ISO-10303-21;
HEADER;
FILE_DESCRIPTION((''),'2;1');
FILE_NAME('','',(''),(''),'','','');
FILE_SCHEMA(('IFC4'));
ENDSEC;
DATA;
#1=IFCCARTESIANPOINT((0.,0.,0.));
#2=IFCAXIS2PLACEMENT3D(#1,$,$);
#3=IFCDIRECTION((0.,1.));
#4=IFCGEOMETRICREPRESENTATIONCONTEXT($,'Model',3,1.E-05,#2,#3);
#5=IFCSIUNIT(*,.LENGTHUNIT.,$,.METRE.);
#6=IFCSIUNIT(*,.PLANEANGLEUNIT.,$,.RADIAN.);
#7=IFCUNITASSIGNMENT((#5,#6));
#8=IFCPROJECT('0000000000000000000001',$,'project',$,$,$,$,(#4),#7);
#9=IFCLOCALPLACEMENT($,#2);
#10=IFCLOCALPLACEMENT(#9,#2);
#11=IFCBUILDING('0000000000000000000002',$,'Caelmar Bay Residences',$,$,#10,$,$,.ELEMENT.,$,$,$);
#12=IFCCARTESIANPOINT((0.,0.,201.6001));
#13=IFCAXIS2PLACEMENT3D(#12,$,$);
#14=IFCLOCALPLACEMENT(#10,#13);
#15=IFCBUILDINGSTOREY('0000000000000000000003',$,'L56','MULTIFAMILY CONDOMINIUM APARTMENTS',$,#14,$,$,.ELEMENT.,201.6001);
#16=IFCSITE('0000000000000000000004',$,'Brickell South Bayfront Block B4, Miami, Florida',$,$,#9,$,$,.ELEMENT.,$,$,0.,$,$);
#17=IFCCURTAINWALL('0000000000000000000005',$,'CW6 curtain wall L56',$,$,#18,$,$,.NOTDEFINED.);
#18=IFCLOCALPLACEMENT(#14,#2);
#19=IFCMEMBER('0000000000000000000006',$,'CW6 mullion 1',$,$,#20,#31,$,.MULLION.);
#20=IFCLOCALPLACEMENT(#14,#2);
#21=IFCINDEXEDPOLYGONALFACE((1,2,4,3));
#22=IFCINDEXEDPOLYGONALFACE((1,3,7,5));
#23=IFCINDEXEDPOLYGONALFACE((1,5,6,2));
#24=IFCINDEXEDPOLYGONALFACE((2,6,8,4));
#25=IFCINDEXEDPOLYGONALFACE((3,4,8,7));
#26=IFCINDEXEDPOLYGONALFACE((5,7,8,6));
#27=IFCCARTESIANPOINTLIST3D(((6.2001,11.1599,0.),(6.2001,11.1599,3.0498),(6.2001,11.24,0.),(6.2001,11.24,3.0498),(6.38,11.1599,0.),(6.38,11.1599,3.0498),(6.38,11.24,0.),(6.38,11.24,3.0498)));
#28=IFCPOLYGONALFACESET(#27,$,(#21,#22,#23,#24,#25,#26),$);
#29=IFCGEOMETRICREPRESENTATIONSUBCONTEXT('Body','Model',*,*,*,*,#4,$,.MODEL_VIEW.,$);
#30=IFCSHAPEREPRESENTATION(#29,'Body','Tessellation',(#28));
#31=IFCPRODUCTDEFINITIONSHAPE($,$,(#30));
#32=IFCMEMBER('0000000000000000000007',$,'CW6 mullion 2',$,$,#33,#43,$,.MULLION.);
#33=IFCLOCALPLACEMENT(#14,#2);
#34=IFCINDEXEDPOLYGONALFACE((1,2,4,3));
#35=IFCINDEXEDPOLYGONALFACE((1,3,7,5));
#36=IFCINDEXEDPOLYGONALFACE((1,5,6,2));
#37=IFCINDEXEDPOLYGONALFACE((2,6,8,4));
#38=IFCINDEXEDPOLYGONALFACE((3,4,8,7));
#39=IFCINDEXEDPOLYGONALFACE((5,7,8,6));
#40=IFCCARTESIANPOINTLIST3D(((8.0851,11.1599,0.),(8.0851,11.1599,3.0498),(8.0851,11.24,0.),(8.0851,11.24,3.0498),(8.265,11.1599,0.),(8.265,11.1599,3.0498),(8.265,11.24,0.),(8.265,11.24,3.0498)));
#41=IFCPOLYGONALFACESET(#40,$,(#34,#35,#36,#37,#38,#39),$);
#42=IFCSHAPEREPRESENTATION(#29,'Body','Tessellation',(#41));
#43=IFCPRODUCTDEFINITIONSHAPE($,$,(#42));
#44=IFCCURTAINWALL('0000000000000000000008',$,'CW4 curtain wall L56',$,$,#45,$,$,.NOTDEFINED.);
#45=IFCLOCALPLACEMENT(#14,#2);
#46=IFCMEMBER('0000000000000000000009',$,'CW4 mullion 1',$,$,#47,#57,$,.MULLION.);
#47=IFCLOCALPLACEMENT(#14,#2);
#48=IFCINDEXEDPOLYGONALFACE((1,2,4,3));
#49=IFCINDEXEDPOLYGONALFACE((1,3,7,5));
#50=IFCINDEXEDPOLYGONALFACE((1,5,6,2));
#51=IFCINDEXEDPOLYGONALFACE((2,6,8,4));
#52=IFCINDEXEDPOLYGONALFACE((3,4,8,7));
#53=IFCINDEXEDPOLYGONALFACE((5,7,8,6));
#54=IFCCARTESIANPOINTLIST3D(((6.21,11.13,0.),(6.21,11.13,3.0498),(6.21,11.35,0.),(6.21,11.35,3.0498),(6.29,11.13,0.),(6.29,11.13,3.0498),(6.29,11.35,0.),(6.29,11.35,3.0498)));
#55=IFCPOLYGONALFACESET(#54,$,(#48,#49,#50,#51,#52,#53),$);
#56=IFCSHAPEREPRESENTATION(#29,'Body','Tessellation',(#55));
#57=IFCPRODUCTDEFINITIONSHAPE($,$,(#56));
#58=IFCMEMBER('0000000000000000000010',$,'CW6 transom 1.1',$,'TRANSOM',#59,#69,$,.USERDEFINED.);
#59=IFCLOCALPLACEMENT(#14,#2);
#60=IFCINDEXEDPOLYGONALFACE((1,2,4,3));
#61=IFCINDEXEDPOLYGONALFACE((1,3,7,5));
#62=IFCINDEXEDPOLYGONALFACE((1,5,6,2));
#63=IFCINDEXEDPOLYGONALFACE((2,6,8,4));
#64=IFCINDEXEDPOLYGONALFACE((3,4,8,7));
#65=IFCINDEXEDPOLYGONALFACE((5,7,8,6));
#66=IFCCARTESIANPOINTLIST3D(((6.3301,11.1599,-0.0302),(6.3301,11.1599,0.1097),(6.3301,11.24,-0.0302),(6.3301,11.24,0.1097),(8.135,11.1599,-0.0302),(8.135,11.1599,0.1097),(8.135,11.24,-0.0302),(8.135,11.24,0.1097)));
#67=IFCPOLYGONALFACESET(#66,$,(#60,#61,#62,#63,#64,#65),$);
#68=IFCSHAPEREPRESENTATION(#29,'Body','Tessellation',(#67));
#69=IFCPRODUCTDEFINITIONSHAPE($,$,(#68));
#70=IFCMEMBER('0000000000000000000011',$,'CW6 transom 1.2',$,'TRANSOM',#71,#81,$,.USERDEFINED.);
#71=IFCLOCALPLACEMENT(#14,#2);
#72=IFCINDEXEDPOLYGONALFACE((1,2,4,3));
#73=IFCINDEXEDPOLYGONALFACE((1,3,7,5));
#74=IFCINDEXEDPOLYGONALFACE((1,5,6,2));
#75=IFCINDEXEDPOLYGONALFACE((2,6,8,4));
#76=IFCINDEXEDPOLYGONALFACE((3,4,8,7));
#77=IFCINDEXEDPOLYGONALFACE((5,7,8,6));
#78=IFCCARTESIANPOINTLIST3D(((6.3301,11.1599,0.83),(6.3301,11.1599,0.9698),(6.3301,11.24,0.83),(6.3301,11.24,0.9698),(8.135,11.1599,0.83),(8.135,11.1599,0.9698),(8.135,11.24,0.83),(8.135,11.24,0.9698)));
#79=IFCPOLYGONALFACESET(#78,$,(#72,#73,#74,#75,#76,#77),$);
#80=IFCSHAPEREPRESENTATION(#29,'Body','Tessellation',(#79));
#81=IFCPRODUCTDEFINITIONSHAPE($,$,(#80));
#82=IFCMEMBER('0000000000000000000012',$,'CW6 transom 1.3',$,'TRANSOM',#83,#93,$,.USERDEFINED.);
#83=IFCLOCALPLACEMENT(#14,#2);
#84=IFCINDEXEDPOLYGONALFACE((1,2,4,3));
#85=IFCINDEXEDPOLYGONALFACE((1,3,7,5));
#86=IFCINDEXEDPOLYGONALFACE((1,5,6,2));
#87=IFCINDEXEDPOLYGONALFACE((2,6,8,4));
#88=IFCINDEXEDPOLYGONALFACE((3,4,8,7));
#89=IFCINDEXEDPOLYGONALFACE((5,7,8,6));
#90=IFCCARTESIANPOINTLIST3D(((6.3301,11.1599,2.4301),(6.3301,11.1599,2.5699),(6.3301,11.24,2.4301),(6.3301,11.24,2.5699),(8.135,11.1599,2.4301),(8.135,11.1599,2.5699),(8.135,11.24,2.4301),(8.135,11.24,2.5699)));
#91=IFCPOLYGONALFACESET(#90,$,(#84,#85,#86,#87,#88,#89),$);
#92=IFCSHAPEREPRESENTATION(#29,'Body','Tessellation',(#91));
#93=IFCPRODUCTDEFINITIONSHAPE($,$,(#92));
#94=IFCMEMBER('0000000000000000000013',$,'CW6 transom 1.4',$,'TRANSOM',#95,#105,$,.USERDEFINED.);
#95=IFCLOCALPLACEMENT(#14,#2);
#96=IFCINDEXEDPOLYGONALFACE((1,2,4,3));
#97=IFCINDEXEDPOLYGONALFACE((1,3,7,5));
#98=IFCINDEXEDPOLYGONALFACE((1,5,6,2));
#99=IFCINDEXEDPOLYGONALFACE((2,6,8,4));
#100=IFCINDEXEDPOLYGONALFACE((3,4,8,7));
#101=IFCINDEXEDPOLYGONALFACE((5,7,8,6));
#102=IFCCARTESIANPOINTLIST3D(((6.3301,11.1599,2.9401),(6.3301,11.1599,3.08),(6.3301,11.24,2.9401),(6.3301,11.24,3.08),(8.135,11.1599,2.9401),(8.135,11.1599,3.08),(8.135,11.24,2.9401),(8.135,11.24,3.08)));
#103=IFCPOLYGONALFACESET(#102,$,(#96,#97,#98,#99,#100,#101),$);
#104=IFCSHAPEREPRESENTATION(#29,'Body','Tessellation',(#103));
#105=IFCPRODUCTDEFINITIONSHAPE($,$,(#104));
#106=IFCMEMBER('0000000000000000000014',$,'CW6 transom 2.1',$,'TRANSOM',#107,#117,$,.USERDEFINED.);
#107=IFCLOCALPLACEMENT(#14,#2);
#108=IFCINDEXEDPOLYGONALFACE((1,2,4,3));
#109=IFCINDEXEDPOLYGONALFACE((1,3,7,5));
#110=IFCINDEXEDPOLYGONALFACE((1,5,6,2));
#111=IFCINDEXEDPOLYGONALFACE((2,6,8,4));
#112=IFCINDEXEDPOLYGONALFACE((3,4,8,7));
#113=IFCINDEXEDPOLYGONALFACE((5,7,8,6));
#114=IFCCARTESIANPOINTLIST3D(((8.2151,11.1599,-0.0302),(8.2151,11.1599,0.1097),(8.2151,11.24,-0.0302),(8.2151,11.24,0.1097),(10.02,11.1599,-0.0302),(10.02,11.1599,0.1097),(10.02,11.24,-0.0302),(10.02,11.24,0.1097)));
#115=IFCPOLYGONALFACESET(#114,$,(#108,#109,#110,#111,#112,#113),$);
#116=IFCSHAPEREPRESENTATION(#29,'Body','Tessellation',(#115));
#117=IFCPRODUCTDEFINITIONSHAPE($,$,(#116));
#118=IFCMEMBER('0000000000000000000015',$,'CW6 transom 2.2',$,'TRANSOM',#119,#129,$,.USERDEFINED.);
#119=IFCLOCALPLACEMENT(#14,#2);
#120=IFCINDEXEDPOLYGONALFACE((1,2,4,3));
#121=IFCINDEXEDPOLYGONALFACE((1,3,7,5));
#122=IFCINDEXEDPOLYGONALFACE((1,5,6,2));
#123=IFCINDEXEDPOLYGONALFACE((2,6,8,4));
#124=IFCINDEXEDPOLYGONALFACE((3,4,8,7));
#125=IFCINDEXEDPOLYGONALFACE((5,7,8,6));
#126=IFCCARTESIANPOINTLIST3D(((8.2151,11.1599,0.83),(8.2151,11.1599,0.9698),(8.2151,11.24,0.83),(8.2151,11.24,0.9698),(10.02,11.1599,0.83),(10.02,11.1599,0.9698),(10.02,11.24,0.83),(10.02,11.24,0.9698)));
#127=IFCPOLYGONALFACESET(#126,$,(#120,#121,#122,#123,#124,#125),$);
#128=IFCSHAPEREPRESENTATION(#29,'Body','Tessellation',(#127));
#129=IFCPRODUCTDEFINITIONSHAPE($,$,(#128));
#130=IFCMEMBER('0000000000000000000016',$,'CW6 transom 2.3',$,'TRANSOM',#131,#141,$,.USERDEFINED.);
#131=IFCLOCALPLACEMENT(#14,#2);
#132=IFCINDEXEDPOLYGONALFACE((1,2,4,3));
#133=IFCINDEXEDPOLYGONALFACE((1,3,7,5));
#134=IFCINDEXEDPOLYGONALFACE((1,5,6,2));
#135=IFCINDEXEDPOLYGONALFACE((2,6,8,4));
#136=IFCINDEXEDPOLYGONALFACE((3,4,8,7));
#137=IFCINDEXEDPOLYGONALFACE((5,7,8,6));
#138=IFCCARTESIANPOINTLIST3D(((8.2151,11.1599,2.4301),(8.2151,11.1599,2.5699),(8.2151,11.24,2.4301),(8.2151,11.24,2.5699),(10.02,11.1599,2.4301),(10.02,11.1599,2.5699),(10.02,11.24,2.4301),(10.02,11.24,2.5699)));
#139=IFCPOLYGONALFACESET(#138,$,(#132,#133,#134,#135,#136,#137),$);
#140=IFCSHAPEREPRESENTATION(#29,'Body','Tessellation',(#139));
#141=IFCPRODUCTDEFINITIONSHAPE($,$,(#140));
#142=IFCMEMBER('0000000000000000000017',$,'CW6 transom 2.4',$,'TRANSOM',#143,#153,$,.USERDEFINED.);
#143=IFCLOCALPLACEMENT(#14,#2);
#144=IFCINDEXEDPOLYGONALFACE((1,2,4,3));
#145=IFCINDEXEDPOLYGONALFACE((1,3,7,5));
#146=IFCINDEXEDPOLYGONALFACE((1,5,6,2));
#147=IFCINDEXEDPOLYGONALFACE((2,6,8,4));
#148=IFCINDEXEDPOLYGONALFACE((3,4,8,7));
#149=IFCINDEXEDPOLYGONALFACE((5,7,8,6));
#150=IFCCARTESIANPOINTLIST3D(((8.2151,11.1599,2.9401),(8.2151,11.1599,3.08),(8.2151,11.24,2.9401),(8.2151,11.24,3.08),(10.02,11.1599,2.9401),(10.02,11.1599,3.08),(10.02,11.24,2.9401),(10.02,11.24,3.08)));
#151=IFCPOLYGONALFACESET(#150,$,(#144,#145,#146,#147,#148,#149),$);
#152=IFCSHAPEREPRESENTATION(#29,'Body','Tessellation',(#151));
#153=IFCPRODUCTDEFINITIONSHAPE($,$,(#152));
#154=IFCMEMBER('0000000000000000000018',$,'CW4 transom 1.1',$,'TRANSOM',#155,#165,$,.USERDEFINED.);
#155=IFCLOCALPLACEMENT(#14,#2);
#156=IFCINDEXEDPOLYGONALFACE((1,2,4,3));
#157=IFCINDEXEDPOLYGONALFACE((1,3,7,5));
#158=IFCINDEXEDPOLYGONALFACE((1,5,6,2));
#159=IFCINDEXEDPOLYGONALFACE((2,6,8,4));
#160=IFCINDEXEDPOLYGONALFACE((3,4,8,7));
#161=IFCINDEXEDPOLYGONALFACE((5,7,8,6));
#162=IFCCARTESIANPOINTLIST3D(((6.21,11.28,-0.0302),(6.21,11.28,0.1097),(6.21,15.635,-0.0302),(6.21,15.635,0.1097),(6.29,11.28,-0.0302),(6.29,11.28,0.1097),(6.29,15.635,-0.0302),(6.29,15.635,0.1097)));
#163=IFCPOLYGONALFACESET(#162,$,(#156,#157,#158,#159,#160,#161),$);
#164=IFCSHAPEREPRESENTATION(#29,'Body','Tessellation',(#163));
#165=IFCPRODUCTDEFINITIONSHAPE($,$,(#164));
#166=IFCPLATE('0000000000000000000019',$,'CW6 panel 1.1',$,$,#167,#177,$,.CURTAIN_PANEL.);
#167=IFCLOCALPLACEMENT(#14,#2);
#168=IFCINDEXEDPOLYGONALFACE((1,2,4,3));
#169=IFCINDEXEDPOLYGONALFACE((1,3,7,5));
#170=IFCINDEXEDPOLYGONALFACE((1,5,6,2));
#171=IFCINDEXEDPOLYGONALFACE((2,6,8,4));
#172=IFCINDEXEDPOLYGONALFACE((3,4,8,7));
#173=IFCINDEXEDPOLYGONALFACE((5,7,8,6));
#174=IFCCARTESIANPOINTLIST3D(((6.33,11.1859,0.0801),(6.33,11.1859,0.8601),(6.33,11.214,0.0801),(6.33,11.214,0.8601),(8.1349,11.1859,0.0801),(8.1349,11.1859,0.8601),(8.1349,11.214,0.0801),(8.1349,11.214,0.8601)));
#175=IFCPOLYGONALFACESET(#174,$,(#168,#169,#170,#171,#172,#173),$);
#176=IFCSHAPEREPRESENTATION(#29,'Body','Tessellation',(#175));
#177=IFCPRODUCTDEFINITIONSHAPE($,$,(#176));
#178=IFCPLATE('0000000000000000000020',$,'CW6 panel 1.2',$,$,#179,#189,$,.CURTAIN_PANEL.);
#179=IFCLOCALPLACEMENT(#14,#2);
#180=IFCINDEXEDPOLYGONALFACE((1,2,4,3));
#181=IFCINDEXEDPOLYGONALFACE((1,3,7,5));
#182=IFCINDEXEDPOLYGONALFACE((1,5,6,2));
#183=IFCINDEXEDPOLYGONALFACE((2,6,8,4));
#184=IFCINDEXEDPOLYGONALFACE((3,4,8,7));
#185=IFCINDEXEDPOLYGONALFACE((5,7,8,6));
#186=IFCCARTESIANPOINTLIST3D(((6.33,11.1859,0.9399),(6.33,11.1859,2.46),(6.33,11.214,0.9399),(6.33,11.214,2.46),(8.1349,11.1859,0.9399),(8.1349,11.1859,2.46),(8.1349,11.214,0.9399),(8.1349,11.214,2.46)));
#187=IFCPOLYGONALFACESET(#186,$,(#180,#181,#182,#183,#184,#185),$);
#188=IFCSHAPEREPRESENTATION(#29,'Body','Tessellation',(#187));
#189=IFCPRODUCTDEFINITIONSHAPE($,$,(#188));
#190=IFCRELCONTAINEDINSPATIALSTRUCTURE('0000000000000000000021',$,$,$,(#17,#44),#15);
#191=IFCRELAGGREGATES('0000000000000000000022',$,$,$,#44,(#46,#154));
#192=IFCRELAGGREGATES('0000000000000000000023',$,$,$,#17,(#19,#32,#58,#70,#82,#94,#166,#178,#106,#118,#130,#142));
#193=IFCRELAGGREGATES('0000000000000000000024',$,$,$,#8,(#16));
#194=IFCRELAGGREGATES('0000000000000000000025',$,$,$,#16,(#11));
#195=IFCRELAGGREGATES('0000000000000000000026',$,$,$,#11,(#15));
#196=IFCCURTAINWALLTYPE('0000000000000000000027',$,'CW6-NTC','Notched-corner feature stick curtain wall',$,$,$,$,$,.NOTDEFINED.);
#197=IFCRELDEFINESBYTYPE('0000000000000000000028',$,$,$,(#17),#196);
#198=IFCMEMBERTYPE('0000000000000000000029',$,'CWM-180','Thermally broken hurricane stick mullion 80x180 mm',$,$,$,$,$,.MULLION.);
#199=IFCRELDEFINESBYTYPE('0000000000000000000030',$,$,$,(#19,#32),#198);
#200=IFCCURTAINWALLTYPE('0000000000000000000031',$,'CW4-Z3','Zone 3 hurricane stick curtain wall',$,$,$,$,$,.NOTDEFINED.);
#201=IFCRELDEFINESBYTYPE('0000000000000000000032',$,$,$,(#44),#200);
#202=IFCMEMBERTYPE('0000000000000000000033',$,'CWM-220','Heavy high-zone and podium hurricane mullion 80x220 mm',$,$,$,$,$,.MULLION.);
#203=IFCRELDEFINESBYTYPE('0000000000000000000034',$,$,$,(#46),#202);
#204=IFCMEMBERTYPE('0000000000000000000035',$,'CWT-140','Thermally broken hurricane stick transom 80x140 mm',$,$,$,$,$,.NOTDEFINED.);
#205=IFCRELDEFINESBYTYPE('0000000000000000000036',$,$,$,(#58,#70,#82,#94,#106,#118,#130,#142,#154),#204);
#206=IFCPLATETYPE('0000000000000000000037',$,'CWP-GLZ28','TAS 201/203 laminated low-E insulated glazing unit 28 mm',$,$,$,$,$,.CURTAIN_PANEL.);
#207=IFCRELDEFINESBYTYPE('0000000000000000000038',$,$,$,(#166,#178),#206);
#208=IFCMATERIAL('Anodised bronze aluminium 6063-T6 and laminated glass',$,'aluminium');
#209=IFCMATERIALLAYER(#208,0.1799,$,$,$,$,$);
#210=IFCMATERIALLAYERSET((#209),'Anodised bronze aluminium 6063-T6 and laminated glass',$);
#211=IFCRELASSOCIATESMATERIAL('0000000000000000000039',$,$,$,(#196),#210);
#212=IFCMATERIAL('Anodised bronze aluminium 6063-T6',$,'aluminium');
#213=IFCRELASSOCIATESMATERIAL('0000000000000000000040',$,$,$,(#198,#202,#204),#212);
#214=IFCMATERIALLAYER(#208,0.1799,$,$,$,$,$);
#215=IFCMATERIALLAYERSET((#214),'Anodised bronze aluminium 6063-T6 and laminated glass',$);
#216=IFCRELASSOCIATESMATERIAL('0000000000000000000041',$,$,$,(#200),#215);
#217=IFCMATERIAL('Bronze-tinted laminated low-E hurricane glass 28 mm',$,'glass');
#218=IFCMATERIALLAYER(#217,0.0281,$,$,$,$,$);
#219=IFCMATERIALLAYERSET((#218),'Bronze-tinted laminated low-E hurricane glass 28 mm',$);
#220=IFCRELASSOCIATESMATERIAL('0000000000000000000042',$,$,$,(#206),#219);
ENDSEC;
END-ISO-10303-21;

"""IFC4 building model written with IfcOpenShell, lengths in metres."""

from ifc_helpers import new_model, si_unit, direction, frame, origin, origin_2d, place, context, subcontext, project, spatial, rectangle, extrude, material, layer, layer_set, material_profile, profile_set, type_object, element, aggregate, save


model = new_model("IFC4")

# Units and contexts
model_context = context("Model", 3, precision=1e-05, world=origin(), true_north=direction((0.0, 1.0)))
body_context = subcontext(model_context, "Body", "Model", "MODEL_VIEW")
ifc_project = project(units=[si_unit("LENGTHUNIT", "METRE"), si_unit("PLANEANGLEUNIT", "RADIAN")], contexts=[model_context])

# Site, building, storey
site_placement = place(None, origin())
site = spatial("IfcSite", under=ifc_project, at=site_placement, Name="Brickell South Bayfront Block B4, Miami, Florida", CompositionType="ELEMENT", RefElevation=0.0)
building_placement = place(site_placement, origin())
building = spatial("IfcBuilding", under=site, at=building_placement, Name="Caelmar Bay Residences", CompositionType="ELEMENT")
storey_placement = place(building_placement, frame((0.0, 0.0, 201.6001)))
storey = spatial("IfcBuildingStorey", under=building, at=storey_placement, Name="L56", Description="MULTIFAMILY CONDOMINIUM APARTMENTS", CompositionType="ELEMENT", Elevation=201.6001)

# Curtain wall, members
ifc_material_1 = material(Name="Anodised bronze aluminium 6063-T6 and laminated glass", Category="aluminium")
ifc_layer_1 = layer(ifc_material_1, 0.1799)
ifc_layer_set_1 = layer_set([ifc_layer_1], Name="Anodised bronze aluminium 6063-T6 and laminated glass")
curtain_wall_type_1 = type_object("IfcCurtainWallType", Name="CW6-NTC", Description="Notched-corner feature stick curtain wall", PredefinedType="NOTDEFINED", material=ifc_layer_set_1)
curtain_wall_1_placement = place(storey_placement, origin())
curtain_wall_1 = element("IfcCurtainWall", 1, at=curtain_wall_1_placement, inside=storey, type_object=curtain_wall_type_1, Name="CW6 curtain wall L56", PredefinedType="NOTDEFINED")
ifc_material_2 = material(Name="Anodised bronze aluminium 6063-T6", Category="aluminium")
ifc_material_profile_1 = material_profile(ifc_material_2, rectangle(XDim=0.0801, YDim=0.1799, at=origin_2d()), Name="CWM-80X180")
ifc_profile_set_1 = profile_set([ifc_material_profile_1], Name="Anodised bronze aluminium 6063-T6")
member_type_1 = type_object("IfcMemberType", Name="CWM-180", Description="Thermally broken hurricane stick mullion 80x180 mm", PredefinedType="MULLION", material=ifc_profile_set_1)
member_1_placement = place(storey_placement, frame((6.29, 11.2, 0.0), z_axis=(0.0, 0.0, 1.0), x_axis=(0.0, 1.0, 0.0)))
member_1 = element("IfcMember", 2, at=member_1_placement, type_object=member_type_1, Name="CW6 mullion 1", PredefinedType="MULLION", context=body_context, shape_type="SweptSolid", body=[
    extrude(rectangle(XDim=0.0801, YDim=0.1799, at=origin_2d()), origin(), (0.0, 0.0, 1.0), 3.0498),
])
member_2_placement = place(storey_placement, frame((8.175, 11.2, 0.0), z_axis=(0.0, 0.0, 1.0), x_axis=(0.0, 1.0, 0.0)))
member_2 = element("IfcMember", 3, at=member_2_placement, type_object=member_type_1, Name="CW6 mullion 2", PredefinedType="MULLION", context=body_context, shape_type="SweptSolid", body=[
    extrude(rectangle(XDim=0.0801, YDim=0.1799, at=origin_2d()), origin(), (0.0, 0.0, 1.0), 3.0498),
])

# Curtain wall, member
ifc_layer_2 = layer(ifc_material_1, 0.1799)
ifc_layer_set_2 = layer_set([ifc_layer_2], Name="Anodised bronze aluminium 6063-T6 and laminated glass")
curtain_wall_type_2 = type_object("IfcCurtainWallType", Name="CW4-Z3", Description="Zone 3 hurricane stick curtain wall", PredefinedType="NOTDEFINED", material=ifc_layer_set_2)
curtain_wall_2_placement = place(storey_placement, origin())
curtain_wall_2 = element("IfcCurtainWall", 4, at=curtain_wall_2_placement, inside=storey, type_object=curtain_wall_type_2, Name="CW4 curtain wall L56", PredefinedType="NOTDEFINED")
ifc_material_profile_2 = material_profile(ifc_material_2, rectangle(XDim=0.0801, YDim=0.22, at=origin_2d()), Name="CWM-80X220")
ifc_profile_set_2 = profile_set([ifc_material_profile_2], Name="Anodised bronze aluminium 6063-T6")
member_type_2 = type_object("IfcMemberType", Name="CWM-220", Description="Heavy high-zone and podium hurricane mullion 80x220 mm", PredefinedType="MULLION", material=ifc_profile_set_2)
member_3_placement = place(storey_placement, frame((6.25, 11.24, 0.0), z_axis=(0.0, 0.0, 1.0), x_axis=(-1.0, 0.0, 0.0)))
member_3 = element("IfcMember", 5, at=member_3_placement, type_object=member_type_2, Name="CW4 mullion 1", PredefinedType="MULLION", context=body_context, shape_type="SweptSolid", body=[
    extrude(rectangle(XDim=0.0801, YDim=0.22, at=origin_2d()), origin(), (0.0, 0.0, 1.0), 3.0498),
])

# Members
ifc_material_profile_3 = material_profile(ifc_material_2, rectangle(XDim=0.0801, YDim=0.1399, at=origin_2d()), Name="CWT-80X140")
ifc_profile_set_3 = profile_set([ifc_material_profile_3], Name="Anodised bronze aluminium 6063-T6")
member_type_3 = type_object("IfcMemberType", Name="CWT-140", Description="Thermally broken hurricane stick transom 80x140 mm", PredefinedType="NOTDEFINED", material=ifc_profile_set_3)
member_4_placement = place(storey_placement, frame((6.3301, 11.2, 0.0398), z_axis=(1.0, 0.0, 0.0), x_axis=(0.0, 1.0, 0.0)))
member_4 = element("IfcMember", 6, at=member_4_placement, type_object=member_type_3, Name="CW6 transom 1.1", ObjectType="TRANSOM", PredefinedType="USERDEFINED", context=body_context, shape_type="SweptSolid", body=[
    extrude(rectangle(XDim=0.0801, YDim=0.1399, at=origin_2d()), origin(), (0.0, 0.0, 1.0), 1.8049),
])
member_5_placement = place(storey_placement, frame((6.3301, 11.2, 0.8999), z_axis=(1.0, 0.0, 0.0), x_axis=(0.0, 1.0, 0.0)))
member_5 = element("IfcMember", 7, at=member_5_placement, type_object=member_type_3, Name="CW6 transom 1.2", ObjectType="TRANSOM", PredefinedType="USERDEFINED", context=body_context, shape_type="SweptSolid", body=[
    extrude(rectangle(XDim=0.0801, YDim=0.1399, at=origin_2d()), origin(), (0.0, 0.0, 1.0), 1.8049),
])
member_6_placement = place(storey_placement, frame((6.3301, 11.2, 2.5), z_axis=(1.0, 0.0, 0.0), x_axis=(0.0, 1.0, 0.0)))
member_6 = element("IfcMember", 8, at=member_6_placement, type_object=member_type_3, Name="CW6 transom 1.3", ObjectType="TRANSOM", PredefinedType="USERDEFINED", context=body_context, shape_type="SweptSolid", body=[
    extrude(rectangle(XDim=0.0801, YDim=0.1399, at=origin_2d()), origin(), (0.0, 0.0, 1.0), 1.8049),
])
member_7_placement = place(storey_placement, frame((6.3301, 11.2, 3.01), z_axis=(1.0, 0.0, 0.0), x_axis=(0.0, 1.0, 0.0)))
member_7 = element("IfcMember", 9, at=member_7_placement, type_object=member_type_3, Name="CW6 transom 1.4", ObjectType="TRANSOM", PredefinedType="USERDEFINED", context=body_context, shape_type="SweptSolid", body=[
    extrude(rectangle(XDim=0.0801, YDim=0.1399, at=origin_2d()), origin(), (0.0, 0.0, 1.0), 1.8049),
])
member_8_placement = place(storey_placement, frame((8.2151, 11.2, 0.0398), z_axis=(1.0, 0.0, 0.0), x_axis=(0.0, 1.0, 0.0)))
member_8 = element("IfcMember", 10, at=member_8_placement, type_object=member_type_3, Name="CW6 transom 2.1", ObjectType="TRANSOM", PredefinedType="USERDEFINED", context=body_context, shape_type="SweptSolid", body=[
    extrude(rectangle(XDim=0.0801, YDim=0.1399, at=origin_2d()), origin(), (0.0, 0.0, 1.0), 1.8049),
])
member_9_placement = place(storey_placement, frame((8.2151, 11.2, 0.8999), z_axis=(1.0, 0.0, 0.0), x_axis=(0.0, 1.0, 0.0)))
member_9 = element("IfcMember", 11, at=member_9_placement, type_object=member_type_3, Name="CW6 transom 2.2", ObjectType="TRANSOM", PredefinedType="USERDEFINED", context=body_context, shape_type="SweptSolid", body=[
    extrude(rectangle(XDim=0.0801, YDim=0.1399, at=origin_2d()), origin(), (0.0, 0.0, 1.0), 1.8049),
])
member_10_placement = place(storey_placement, frame((8.2151, 11.2, 2.5), z_axis=(1.0, 0.0, 0.0), x_axis=(0.0, 1.0, 0.0)))
member_10 = element("IfcMember", 12, at=member_10_placement, type_object=member_type_3, Name="CW6 transom 2.3", ObjectType="TRANSOM", PredefinedType="USERDEFINED", context=body_context, shape_type="SweptSolid", body=[
    extrude(rectangle(XDim=0.0801, YDim=0.1399, at=origin_2d()), origin(), (0.0, 0.0, 1.0), 1.8049),
])
member_11_placement = place(storey_placement, frame((8.2151, 11.2, 3.01), z_axis=(1.0, 0.0, 0.0), x_axis=(0.0, 1.0, 0.0)))
member_11 = element("IfcMember", 13, at=member_11_placement, type_object=member_type_3, Name="CW6 transom 2.4", ObjectType="TRANSOM", PredefinedType="USERDEFINED", context=body_context, shape_type="SweptSolid", body=[
    extrude(rectangle(XDim=0.0801, YDim=0.1399, at=origin_2d()), origin(), (0.0, 0.0, 1.0), 1.8049),
])
member_12_placement = place(storey_placement, frame((6.25, 11.28, 0.0398), z_axis=(0.0, 1.0, 0.0), x_axis=(-1.0, 0.0, 0.0)))
member_12 = element("IfcMember", 14, at=member_12_placement, type_object=member_type_3, Name="CW4 transom 1.1", ObjectType="TRANSOM", PredefinedType="USERDEFINED", context=body_context, shape_type="SweptSolid", body=[
    extrude(rectangle(XDim=0.0801, YDim=0.1399, at=origin_2d()), origin(), (0.0, 0.0, 1.0), 4.355),
])
aggregate(curtain_wall_2, [member_3, member_12])

# Plates
ifc_material_3 = material(Name="Bronze-tinted laminated low-E hurricane glass 28 mm", Category="glass")
ifc_layer_3 = layer(ifc_material_3, 0.0281)
ifc_layer_set_3 = layer_set([ifc_layer_3], Name="Bronze-tinted laminated low-E hurricane glass 28 mm")
plate_type = type_object("IfcPlateType", Name="CWP-GLZ28", Description="TAS 201/203 laminated low-E insulated glazing unit 28 mm", PredefinedType="CURTAIN_PANEL", material=ifc_layer_set_3)
plate_1_placement = place(storey_placement, frame((7.2324, 11.2, 0.0801), z_axis=(0.0, 0.0, 1.0), x_axis=(1.0, 0.0, 0.0)))
plate_1 = element("IfcPlate", 15, at=plate_1_placement, type_object=plate_type, Name="CW6 panel 1.1", PredefinedType="CURTAIN_PANEL", context=body_context, shape_type="SweptSolid", body=[
    extrude(rectangle(XDim=1.8049, YDim=0.0281, at=origin_2d()), origin(), (0.0, 0.0, 1.0), 0.78),
])
plate_2_placement = place(storey_placement, frame((7.2324, 11.2, 0.9399), z_axis=(0.0, 0.0, 1.0), x_axis=(1.0, 0.0, 0.0)))
plate_2 = element("IfcPlate", 16, at=plate_2_placement, type_object=plate_type, Name="CW6 panel 1.2", PredefinedType="CURTAIN_PANEL", context=body_context, shape_type="SweptSolid", body=[
    extrude(rectangle(XDim=1.8049, YDim=0.0281, at=origin_2d()), origin(), (0.0, 0.0, 1.0), 1.52),
])
aggregate(curtain_wall_1, [member_1, member_2, member_4, member_5, member_6, member_7, plate_1, plate_2, member_8, member_9, member_10, member_11])

save(model, "model.ifc")
